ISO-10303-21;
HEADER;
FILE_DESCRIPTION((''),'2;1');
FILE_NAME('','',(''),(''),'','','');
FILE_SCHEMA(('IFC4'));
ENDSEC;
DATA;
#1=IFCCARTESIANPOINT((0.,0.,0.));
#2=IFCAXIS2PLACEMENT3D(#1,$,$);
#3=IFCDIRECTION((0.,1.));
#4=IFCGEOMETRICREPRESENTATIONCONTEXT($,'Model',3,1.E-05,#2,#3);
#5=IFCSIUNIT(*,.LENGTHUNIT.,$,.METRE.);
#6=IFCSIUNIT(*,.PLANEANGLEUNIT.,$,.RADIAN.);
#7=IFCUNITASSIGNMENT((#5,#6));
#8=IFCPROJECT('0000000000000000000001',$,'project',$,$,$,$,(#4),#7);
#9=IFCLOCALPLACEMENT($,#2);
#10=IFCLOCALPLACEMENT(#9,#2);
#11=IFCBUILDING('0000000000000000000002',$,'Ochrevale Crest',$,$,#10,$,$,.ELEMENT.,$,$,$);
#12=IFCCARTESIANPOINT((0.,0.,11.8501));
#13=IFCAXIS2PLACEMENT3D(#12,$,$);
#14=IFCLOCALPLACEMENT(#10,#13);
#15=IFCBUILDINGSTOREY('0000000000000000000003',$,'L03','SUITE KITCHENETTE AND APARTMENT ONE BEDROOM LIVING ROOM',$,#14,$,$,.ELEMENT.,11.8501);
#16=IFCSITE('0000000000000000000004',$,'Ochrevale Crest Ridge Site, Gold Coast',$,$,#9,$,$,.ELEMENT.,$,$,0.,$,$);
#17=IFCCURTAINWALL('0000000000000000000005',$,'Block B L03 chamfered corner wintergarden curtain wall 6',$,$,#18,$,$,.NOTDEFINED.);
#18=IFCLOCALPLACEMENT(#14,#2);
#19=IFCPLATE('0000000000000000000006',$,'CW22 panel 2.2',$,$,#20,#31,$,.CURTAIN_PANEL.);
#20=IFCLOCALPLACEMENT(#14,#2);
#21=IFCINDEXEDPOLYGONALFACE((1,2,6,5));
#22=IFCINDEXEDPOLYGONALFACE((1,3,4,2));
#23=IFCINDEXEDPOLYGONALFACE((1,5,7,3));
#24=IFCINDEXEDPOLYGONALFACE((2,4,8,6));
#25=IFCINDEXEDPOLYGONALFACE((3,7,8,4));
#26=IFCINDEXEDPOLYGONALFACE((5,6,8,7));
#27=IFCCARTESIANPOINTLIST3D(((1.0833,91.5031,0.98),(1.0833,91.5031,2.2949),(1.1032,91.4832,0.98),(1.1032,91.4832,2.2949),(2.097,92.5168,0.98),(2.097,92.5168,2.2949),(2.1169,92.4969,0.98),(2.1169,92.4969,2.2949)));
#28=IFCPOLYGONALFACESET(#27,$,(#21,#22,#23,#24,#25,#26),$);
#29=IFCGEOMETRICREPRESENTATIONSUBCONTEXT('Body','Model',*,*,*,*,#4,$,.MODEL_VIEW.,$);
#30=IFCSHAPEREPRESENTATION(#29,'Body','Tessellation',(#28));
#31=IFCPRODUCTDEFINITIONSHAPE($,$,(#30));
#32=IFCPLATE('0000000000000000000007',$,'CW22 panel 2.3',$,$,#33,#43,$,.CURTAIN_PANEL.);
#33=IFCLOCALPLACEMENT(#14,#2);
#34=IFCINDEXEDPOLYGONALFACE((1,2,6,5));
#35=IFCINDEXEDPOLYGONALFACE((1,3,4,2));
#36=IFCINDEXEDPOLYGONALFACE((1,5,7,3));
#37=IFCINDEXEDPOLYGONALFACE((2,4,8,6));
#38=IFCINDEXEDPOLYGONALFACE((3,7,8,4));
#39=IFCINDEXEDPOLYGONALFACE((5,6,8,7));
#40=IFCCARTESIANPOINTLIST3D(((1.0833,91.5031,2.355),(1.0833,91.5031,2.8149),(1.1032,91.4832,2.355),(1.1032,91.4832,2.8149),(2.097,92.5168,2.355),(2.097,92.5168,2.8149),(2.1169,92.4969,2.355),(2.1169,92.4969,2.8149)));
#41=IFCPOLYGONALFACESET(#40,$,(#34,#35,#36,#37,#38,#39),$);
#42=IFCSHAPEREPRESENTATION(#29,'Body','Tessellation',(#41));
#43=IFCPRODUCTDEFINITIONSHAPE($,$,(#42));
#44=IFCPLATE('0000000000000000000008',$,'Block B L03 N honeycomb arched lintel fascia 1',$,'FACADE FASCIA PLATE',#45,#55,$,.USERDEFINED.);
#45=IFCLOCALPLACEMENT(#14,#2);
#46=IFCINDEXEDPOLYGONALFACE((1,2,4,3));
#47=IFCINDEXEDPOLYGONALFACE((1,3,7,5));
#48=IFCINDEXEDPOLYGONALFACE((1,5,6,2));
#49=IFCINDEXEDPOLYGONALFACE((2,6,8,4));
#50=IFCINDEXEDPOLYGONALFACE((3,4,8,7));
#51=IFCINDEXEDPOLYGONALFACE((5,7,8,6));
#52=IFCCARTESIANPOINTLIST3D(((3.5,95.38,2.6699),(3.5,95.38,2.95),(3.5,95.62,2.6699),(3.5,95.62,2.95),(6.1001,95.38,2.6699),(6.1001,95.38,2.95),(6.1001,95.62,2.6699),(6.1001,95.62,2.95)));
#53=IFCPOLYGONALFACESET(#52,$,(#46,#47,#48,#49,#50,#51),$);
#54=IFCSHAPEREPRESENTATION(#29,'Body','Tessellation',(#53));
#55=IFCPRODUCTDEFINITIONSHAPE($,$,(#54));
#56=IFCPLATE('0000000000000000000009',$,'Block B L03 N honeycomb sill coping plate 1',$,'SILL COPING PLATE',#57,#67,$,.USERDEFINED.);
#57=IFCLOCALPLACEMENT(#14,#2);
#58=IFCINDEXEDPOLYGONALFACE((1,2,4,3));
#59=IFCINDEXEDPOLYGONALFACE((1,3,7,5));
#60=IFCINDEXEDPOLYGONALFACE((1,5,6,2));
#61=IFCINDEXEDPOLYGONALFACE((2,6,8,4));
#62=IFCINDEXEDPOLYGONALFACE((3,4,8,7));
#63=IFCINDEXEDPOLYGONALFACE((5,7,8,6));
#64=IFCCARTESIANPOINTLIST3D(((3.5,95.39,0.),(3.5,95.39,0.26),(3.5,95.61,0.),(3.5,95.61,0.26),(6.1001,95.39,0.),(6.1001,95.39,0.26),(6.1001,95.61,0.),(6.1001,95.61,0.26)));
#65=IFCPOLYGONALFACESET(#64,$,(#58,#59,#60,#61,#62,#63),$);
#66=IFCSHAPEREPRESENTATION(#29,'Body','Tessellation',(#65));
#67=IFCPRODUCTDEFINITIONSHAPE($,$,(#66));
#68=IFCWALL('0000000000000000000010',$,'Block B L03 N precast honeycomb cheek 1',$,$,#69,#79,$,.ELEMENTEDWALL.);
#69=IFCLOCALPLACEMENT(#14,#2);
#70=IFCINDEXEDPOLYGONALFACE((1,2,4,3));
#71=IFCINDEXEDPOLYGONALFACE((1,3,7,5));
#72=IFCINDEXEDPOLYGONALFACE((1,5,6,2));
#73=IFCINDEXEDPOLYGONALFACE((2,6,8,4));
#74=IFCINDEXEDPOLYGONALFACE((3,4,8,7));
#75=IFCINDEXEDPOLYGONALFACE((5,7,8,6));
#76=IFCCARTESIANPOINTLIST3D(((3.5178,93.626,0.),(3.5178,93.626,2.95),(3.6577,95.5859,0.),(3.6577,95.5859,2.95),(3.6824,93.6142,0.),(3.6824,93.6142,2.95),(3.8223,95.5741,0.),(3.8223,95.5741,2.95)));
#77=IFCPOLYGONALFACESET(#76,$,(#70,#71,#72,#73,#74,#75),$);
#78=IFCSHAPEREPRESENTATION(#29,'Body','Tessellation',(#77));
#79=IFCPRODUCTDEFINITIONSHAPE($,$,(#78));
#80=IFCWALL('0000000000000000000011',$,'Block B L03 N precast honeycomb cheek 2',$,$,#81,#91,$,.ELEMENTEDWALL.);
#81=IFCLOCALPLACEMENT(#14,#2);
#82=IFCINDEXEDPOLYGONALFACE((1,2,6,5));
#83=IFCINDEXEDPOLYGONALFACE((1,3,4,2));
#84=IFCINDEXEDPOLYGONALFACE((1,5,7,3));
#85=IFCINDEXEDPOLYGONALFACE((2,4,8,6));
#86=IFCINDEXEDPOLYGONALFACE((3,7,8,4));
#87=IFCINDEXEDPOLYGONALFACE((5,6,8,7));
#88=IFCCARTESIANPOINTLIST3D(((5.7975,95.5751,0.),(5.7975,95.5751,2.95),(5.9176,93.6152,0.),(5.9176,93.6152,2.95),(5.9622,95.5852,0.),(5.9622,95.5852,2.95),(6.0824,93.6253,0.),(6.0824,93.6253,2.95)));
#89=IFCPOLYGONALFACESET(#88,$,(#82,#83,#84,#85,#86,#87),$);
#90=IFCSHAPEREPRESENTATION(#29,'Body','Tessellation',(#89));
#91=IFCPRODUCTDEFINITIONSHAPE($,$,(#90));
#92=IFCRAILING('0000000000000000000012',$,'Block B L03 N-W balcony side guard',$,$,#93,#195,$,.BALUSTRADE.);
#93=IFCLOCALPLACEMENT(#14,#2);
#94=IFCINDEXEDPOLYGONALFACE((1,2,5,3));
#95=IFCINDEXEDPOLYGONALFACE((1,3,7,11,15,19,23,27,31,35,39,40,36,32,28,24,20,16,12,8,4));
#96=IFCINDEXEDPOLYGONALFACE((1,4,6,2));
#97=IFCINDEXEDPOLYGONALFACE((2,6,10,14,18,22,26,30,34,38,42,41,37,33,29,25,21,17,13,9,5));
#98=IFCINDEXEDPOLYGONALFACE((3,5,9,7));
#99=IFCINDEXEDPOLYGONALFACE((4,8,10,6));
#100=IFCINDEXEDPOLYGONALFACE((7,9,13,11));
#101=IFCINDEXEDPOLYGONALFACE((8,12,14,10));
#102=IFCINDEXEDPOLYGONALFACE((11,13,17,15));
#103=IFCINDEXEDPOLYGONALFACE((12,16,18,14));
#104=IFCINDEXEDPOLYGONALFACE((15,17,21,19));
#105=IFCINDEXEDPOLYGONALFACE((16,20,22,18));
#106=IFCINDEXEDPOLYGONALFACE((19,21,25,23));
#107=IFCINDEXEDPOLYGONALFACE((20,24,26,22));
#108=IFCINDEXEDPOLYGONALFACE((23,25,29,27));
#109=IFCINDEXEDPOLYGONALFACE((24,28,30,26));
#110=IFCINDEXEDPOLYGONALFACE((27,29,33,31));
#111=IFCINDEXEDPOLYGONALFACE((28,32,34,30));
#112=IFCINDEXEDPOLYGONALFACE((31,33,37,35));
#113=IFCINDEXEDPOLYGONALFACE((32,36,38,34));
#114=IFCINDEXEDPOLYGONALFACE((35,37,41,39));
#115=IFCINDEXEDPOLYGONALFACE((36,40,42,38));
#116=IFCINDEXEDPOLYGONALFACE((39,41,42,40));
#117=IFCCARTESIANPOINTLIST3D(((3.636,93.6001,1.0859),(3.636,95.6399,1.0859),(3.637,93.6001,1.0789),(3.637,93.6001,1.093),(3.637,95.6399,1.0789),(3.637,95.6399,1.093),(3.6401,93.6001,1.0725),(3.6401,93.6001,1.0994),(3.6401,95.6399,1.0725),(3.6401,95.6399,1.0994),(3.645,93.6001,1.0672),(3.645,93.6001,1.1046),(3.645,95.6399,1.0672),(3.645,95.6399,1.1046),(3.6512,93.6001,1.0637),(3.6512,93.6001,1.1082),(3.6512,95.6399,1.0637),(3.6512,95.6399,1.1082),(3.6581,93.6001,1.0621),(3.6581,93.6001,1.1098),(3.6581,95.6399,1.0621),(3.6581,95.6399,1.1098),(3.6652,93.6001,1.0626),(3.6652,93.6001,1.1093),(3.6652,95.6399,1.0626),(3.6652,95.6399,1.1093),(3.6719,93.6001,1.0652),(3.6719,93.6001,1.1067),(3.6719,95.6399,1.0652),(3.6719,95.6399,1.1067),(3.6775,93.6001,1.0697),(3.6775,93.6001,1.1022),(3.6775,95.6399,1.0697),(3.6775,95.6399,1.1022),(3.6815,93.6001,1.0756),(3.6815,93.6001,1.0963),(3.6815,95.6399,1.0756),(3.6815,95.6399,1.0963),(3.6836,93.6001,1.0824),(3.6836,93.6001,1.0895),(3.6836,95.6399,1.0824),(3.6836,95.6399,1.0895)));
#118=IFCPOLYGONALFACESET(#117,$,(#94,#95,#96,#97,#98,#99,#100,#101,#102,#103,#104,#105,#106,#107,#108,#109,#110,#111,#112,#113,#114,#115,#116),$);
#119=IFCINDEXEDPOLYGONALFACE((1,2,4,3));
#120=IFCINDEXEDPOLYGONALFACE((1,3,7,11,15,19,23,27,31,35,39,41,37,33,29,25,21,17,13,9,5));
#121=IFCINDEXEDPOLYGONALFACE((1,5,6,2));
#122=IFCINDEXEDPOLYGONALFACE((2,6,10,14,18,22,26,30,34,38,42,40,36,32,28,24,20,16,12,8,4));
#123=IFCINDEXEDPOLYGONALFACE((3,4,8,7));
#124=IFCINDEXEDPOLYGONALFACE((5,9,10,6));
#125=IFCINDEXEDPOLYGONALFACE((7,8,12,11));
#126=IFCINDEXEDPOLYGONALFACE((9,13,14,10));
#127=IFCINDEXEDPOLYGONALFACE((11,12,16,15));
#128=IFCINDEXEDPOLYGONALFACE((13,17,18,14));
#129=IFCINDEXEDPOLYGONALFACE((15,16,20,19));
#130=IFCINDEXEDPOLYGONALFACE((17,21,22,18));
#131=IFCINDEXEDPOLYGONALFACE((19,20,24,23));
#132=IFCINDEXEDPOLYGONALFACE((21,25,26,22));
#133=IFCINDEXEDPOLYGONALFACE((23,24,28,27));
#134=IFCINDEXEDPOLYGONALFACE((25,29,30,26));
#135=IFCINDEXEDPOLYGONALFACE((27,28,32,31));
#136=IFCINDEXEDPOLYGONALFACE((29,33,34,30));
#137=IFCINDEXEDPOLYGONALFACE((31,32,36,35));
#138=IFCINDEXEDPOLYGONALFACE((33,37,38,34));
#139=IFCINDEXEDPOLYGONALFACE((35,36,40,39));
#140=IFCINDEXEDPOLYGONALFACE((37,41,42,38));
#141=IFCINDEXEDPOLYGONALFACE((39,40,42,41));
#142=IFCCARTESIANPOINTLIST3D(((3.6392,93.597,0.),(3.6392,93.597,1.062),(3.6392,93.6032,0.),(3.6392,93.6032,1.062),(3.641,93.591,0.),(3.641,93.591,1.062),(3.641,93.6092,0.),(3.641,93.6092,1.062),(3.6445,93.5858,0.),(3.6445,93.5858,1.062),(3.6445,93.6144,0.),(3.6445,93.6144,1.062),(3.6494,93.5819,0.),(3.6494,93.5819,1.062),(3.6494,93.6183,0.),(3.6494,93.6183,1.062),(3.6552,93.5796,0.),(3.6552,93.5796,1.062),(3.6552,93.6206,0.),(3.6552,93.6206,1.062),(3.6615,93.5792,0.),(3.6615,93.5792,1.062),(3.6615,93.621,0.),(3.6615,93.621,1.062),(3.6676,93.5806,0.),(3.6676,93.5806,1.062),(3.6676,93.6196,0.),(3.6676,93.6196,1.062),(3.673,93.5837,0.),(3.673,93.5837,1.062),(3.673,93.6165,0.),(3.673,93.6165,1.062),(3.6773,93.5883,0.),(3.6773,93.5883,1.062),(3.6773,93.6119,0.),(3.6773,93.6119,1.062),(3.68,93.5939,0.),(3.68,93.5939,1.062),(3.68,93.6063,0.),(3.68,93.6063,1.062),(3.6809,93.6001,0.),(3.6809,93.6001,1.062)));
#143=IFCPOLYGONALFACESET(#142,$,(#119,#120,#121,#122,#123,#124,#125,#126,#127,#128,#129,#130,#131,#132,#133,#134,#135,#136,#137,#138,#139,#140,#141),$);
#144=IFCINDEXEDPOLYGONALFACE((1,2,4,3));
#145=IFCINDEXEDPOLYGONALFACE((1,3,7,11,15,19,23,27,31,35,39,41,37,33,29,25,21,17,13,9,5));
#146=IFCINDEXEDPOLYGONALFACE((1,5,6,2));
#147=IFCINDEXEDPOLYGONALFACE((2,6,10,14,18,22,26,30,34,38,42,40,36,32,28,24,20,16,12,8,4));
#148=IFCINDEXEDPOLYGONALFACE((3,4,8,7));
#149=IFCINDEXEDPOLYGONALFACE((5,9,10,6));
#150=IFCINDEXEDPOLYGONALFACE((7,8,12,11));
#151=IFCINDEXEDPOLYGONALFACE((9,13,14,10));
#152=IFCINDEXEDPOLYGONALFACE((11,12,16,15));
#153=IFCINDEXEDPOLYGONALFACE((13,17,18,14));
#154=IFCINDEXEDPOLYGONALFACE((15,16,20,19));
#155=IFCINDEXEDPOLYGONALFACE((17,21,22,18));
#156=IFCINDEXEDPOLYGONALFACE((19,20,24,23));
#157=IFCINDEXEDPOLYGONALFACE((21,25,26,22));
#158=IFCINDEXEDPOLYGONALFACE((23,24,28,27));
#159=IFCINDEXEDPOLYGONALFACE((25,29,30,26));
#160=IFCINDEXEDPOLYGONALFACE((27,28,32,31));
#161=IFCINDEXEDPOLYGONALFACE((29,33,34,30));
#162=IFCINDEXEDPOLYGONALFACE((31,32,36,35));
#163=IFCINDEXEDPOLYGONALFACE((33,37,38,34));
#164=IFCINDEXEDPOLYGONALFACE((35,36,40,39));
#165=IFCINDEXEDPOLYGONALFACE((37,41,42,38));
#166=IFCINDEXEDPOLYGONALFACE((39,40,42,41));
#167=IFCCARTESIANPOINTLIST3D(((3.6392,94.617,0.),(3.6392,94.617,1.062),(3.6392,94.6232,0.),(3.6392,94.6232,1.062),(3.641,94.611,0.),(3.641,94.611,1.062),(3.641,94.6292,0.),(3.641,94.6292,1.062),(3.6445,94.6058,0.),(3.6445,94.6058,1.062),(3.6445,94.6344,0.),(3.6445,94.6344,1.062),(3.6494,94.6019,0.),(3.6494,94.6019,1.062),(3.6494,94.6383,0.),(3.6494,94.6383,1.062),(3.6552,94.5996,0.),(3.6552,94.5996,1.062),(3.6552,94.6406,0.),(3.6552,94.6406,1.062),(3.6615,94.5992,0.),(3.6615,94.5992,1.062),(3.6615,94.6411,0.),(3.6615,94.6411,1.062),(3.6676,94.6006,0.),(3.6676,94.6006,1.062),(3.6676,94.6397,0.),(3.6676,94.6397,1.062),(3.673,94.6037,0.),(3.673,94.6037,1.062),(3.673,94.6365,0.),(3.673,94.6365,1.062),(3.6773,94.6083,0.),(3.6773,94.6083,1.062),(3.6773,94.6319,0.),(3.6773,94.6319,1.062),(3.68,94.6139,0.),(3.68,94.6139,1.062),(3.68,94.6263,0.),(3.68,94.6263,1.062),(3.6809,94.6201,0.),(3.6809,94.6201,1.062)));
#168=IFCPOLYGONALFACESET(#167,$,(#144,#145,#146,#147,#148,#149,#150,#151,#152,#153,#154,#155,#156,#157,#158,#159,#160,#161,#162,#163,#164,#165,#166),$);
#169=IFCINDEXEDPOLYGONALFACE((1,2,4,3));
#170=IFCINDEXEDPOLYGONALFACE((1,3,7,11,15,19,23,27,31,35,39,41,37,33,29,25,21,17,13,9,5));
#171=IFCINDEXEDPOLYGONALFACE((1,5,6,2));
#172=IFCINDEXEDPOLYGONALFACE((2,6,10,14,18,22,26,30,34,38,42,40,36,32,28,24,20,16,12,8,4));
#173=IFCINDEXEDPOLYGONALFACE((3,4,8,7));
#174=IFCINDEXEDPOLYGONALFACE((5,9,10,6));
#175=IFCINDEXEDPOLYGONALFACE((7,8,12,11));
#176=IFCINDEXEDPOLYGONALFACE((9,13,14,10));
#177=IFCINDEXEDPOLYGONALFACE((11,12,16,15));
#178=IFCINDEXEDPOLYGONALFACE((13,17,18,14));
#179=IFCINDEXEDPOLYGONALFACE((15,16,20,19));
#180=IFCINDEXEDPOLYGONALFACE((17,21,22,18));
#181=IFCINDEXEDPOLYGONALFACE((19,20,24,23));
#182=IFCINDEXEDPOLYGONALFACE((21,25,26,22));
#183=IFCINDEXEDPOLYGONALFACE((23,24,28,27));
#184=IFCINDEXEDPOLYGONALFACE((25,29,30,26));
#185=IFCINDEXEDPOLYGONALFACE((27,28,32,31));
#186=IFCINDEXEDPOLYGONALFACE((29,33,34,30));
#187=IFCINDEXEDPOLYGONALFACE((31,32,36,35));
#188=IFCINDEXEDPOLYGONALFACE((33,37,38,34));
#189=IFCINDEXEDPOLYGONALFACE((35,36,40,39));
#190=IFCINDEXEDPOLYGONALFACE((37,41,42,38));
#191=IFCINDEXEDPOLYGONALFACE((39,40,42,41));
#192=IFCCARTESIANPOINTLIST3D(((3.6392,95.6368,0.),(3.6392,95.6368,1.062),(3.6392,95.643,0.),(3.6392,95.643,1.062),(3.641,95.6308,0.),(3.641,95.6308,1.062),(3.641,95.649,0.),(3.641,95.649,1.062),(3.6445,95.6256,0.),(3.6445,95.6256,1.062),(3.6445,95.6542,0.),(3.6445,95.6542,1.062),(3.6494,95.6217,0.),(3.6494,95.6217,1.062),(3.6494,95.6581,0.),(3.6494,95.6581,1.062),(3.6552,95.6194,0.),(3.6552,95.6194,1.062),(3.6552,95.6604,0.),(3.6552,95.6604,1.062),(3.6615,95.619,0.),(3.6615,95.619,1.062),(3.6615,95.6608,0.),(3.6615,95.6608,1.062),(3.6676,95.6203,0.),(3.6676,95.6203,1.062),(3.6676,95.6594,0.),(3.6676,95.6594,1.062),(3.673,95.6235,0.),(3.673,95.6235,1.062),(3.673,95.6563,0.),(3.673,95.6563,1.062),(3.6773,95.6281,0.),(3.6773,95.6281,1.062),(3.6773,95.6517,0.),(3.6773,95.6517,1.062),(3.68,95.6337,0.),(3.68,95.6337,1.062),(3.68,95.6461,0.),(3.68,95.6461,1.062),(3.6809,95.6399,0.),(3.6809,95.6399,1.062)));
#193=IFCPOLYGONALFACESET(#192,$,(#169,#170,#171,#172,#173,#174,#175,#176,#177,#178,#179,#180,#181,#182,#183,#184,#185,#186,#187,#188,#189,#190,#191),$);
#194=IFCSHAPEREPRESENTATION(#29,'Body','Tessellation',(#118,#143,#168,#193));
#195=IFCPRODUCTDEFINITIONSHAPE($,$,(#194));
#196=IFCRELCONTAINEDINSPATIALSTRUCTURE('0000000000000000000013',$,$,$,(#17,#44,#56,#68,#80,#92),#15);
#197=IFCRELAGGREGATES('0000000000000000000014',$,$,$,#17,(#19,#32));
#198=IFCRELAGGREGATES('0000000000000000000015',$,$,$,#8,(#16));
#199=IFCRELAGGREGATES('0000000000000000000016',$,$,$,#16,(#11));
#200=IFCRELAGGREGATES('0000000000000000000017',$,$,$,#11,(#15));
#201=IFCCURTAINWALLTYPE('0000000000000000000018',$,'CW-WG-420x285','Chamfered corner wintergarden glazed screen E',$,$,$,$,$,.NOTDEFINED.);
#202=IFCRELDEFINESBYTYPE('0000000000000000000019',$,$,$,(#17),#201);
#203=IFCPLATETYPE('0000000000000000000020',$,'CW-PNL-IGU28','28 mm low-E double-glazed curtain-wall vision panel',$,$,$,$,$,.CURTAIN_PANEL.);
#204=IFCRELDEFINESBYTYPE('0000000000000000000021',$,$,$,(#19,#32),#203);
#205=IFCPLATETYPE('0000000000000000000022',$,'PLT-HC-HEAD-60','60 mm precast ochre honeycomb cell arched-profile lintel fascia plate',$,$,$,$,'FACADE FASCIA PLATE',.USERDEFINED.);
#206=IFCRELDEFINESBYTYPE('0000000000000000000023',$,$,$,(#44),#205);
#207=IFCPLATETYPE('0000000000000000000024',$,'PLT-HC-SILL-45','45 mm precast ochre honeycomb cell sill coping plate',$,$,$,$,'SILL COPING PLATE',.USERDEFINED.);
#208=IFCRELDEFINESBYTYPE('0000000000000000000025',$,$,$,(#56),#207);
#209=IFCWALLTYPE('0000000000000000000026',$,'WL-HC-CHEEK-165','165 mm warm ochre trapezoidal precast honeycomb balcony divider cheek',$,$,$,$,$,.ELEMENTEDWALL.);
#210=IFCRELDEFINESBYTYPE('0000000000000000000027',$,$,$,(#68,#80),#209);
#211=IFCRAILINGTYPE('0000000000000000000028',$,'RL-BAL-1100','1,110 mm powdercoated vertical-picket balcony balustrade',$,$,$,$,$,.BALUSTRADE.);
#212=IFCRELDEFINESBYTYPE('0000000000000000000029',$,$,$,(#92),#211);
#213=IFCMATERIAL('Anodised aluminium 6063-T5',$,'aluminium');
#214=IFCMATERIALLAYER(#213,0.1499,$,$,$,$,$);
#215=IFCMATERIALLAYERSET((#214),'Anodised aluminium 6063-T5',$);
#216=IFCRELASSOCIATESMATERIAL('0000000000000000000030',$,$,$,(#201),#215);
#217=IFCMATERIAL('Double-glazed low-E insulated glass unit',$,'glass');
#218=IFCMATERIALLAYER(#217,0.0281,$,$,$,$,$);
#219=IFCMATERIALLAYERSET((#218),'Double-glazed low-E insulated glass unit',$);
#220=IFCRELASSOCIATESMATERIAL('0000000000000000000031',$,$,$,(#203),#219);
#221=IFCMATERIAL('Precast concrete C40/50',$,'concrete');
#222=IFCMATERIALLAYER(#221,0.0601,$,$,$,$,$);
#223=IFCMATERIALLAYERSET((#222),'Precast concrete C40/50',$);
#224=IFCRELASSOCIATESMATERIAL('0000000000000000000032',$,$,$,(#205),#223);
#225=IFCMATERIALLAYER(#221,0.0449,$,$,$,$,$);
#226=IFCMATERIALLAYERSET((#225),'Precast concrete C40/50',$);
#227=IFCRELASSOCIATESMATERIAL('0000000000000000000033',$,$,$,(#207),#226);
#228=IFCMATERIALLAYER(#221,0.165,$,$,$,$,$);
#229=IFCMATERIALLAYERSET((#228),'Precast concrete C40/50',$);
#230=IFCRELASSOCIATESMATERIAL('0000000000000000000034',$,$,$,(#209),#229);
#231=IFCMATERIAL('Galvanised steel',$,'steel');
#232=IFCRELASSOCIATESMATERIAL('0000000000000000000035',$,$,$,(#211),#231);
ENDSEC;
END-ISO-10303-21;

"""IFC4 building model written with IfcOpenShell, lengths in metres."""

from ifc_helpers import new_model, si_unit, direction, frame, frame_2d, origin, origin_2d, place, context, subcontext, project, spatial, rectangle, circle, extrude, material, layer, layer_set, type_object, element, aggregate, save


model = new_model("IFC4")

# Units and contexts
model_context = context("Model", 3, precision=1e-05, world=origin(), true_north=direction((0.0, 1.0)))
body_context = subcontext(model_context, "Body", "Model", "MODEL_VIEW")
ifc_project = project(units=[si_unit("LENGTHUNIT", "METRE"), si_unit("PLANEANGLEUNIT", "RADIAN")], contexts=[model_context])

# Site, building, storey
site_placement = place(None, origin())
site = spatial("IfcSite", under=ifc_project, at=site_placement, Name="Ochrevale Crest Ridge Site, Gold Coast", CompositionType="ELEMENT", RefElevation=0.0)
building_placement = place(site_placement, origin())
building = spatial("IfcBuilding", under=site, at=building_placement, Name="Ochrevale Crest", CompositionType="ELEMENT")
storey_placement = place(building_placement, frame((0.0, 0.0, 11.8501)))
storey = spatial("IfcBuildingStorey", under=building, at=storey_placement, Name="L03", Description="SUITE KITCHENETTE AND APARTMENT ONE BEDROOM LIVING ROOM", CompositionType="ELEMENT", Elevation=11.8501)

# Curtain wall, plates
ifc_material_1 = material(Name="Anodised aluminium 6063-T5", Category="aluminium")
ifc_layer_1 = layer(ifc_material_1, 0.1499)
ifc_layer_set_1 = layer_set([ifc_layer_1], Name="Anodised aluminium 6063-T5")
curtain_wall_type = type_object("IfcCurtainWallType", Name="CW-WG-420x285", Description="Chamfered corner wintergarden glazed screen E", PredefinedType="NOTDEFINED", material=ifc_layer_set_1)
curtain_wall_placement = place(storey_placement, origin())
curtain_wall = element("IfcCurtainWall", 1, at=curtain_wall_placement, inside=storey, type_object=curtain_wall_type, Name="Block B L03 chamfered corner wintergarden curtain wall 6", PredefinedType="NOTDEFINED")
ifc_material_2 = material(Name="Double-glazed low-E insulated glass unit", Category="glass")
ifc_layer_2 = layer(ifc_material_2, 0.0281)
ifc_layer_set_2 = layer_set([ifc_layer_2], Name="Double-glazed low-E insulated glass unit")
plate_type_1 = type_object("IfcPlateType", Name="CW-PNL-IGU28", Description="28 mm low-E double-glazed curtain-wall vision panel", PredefinedType="CURTAIN_PANEL", material=ifc_layer_set_2)
plate_1_placement = place(storey_placement, frame((1.6001, 92.0, 0.98), z_axis=(0.0, 0.0, 1.0), x_axis=(-0.707107, -0.707107, 0.0)))
plate_1 = element("IfcPlate", 2, at=plate_1_placement, type_object=plate_type_1, Name="CW22 panel 2.2", PredefinedType="CURTAIN_PANEL", context=body_context, shape_type="SweptSolid", body=[
    extrude(rectangle(XDim=1.4336, YDim=0.0281, at=origin_2d()), origin(), (0.0, 0.0, 1.0), 1.3149),
])
plate_2_placement = place(storey_placement, frame((1.6001, 92.0, 2.355), z_axis=(0.0, 0.0, 1.0), x_axis=(-0.707107, -0.707107, 0.0)))
plate_2 = element("IfcPlate", 3, at=plate_2_placement, type_object=plate_type_1, Name="CW22 panel 2.3", PredefinedType="CURTAIN_PANEL", context=body_context, shape_type="SweptSolid", body=[
    extrude(rectangle(XDim=1.4336, YDim=0.0281, at=origin_2d()), origin(), (0.0, 0.0, 1.0), 0.46),
])
aggregate(curtain_wall, [plate_1, plate_2])

# Plates
ifc_material_3 = material(Name="Precast concrete C40/50", Category="concrete")
ifc_layer_3 = layer(ifc_material_3, 0.0601)
ifc_layer_set_3 = layer_set([ifc_layer_3], Name="Precast concrete C40/50")
plate_type_2 = type_object("IfcPlateType", Name="PLT-HC-HEAD-60", Description="60 mm precast ochre honeycomb cell arched-profile lintel fascia plate", ElementType="FACADE FASCIA PLATE", PredefinedType="USERDEFINED", material=ifc_layer_set_3)
plate_3_placement = place(storey_placement, frame((4.8, 95.5, 2.6699), z_axis=(0.0, 0.0, 1.0), x_axis=(1.0, 0.0, 0.0)))
element("IfcPlate", 4, at=plate_3_placement, inside=storey, type_object=plate_type_2, Name="Block B L03 N honeycomb arched lintel fascia 1", ObjectType="FACADE FASCIA PLATE", PredefinedType="USERDEFINED", context=body_context, shape_type="SweptSolid", body=[
    extrude(rectangle(XDim=2.6001, YDim=0.24, at=origin_2d()), origin(), (0.0, 0.0, 1.0), 0.28),
])
ifc_layer_4 = layer(ifc_material_3, 0.0449)
ifc_layer_set_4 = layer_set([ifc_layer_4], Name="Precast concrete C40/50")
plate_type_3 = type_object("IfcPlateType", Name="PLT-HC-SILL-45", Description="45 mm precast ochre honeycomb cell sill coping plate", ElementType="SILL COPING PLATE", PredefinedType="USERDEFINED", material=ifc_layer_set_4)
plate_4_placement = place(storey_placement, frame((4.8, 95.5, 0.0), z_axis=(0.0, 0.0, 1.0), x_axis=(1.0, 0.0, 0.0)))
element("IfcPlate", 5, at=plate_4_placement, inside=storey, type_object=plate_type_3, Name="Block B L03 N honeycomb sill coping plate 1", ObjectType="SILL COPING PLATE", PredefinedType="USERDEFINED", context=body_context, shape_type="SweptSolid", body=[
    extrude(rectangle(XDim=2.6001, YDim=0.22, at=origin_2d()), origin(), (0.0, 0.0, 1.0), 0.26),
])

# Walls
ifc_layer_5 = layer(ifc_material_3, 0.165)
ifc_layer_set_5 = layer_set([ifc_layer_5], Name="Precast concrete C40/50")
wall_type = type_object("IfcWallType", Name="WL-HC-CHEEK-165", Description="165 mm warm ochre trapezoidal precast honeycomb balcony divider cheek", PredefinedType="ELEMENTEDWALL", material=ifc_layer_set_5)
wall_1_placement = place(storey_placement, frame((3.6001, 93.6201, 0.0), z_axis=(0.0, 0.0, 1.0), x_axis=(0.071194, 0.997462, 0.0)))
element("IfcWall", 6, at=wall_1_placement, inside=storey, type_object=wall_type, Name="Block B L03 N precast honeycomb cheek 1", PredefinedType="ELEMENTEDWALL", context=body_context, shape_type="SweptSolid", body=[
    extrude(rectangle(XDim=1.9648, YDim=0.165, at=frame_2d((0.9824, 0.0))), origin(), (0.0, 0.0, 1.0), 2.95),
])
wall_2_placement = place(storey_placement, frame((6.0, 93.6201, 0.0), z_axis=(0.0, 0.0, 1.0), x_axis=(-0.061171, 0.998127, 0.0)))
element("IfcWall", 7, at=wall_2_placement, inside=storey, type_object=wall_type, Name="Block B L03 N precast honeycomb cheek 2", PredefinedType="ELEMENTEDWALL", context=body_context, shape_type="SweptSolid", body=[
    extrude(rectangle(XDim=1.9636, YDim=0.165, at=frame_2d((0.9819, 0.0))), origin(), (0.0, 0.0, 1.0), 2.95),
])

# Railing
ifc_material_4 = material(Name="Galvanised steel", Category="steel")
railing_type = type_object("IfcRailingType", Name="RL-BAL-1100", Description="1,110 mm powdercoated vertical-picket balcony balustrade", PredefinedType="BALUSTRADE", material=ifc_material_4)
railing_1_placement = place(storey_placement, frame((3.6599, 93.6001, 0.0)))
element("IfcRailing", 8, at=railing_1_placement, inside=storey, type_object=railing_type, Name="Block B L03 N-W balcony side guard", PredefinedType="BALUSTRADE", context=body_context, shape_type="SweptSolid", body=[
    extrude(circle(Radius=0.0239, at=origin_2d()), frame((0.0, 0.0, 1.0859), z_axis=(0.0, 1.0, 0.0), x_axis=(-1.0, 0.0, 0.0)), (0.0, 0.0, 1.0), 2.0398),
    extrude(circle(Radius=0.021, at=origin_2d()), origin(), (0.0, 0.0, 1.0), 1.062),
    extrude(circle(Radius=0.021, at=origin_2d()), frame((0.0, 1.02, 0.0)), (0.0, 0.0, 1.0), 1.062),
    extrude(circle(Radius=0.021, at=origin_2d()), frame((0.0, 2.0398, 0.0)), (0.0, 0.0, 1.0), 1.062),
])

save(model, "model.ifc")
